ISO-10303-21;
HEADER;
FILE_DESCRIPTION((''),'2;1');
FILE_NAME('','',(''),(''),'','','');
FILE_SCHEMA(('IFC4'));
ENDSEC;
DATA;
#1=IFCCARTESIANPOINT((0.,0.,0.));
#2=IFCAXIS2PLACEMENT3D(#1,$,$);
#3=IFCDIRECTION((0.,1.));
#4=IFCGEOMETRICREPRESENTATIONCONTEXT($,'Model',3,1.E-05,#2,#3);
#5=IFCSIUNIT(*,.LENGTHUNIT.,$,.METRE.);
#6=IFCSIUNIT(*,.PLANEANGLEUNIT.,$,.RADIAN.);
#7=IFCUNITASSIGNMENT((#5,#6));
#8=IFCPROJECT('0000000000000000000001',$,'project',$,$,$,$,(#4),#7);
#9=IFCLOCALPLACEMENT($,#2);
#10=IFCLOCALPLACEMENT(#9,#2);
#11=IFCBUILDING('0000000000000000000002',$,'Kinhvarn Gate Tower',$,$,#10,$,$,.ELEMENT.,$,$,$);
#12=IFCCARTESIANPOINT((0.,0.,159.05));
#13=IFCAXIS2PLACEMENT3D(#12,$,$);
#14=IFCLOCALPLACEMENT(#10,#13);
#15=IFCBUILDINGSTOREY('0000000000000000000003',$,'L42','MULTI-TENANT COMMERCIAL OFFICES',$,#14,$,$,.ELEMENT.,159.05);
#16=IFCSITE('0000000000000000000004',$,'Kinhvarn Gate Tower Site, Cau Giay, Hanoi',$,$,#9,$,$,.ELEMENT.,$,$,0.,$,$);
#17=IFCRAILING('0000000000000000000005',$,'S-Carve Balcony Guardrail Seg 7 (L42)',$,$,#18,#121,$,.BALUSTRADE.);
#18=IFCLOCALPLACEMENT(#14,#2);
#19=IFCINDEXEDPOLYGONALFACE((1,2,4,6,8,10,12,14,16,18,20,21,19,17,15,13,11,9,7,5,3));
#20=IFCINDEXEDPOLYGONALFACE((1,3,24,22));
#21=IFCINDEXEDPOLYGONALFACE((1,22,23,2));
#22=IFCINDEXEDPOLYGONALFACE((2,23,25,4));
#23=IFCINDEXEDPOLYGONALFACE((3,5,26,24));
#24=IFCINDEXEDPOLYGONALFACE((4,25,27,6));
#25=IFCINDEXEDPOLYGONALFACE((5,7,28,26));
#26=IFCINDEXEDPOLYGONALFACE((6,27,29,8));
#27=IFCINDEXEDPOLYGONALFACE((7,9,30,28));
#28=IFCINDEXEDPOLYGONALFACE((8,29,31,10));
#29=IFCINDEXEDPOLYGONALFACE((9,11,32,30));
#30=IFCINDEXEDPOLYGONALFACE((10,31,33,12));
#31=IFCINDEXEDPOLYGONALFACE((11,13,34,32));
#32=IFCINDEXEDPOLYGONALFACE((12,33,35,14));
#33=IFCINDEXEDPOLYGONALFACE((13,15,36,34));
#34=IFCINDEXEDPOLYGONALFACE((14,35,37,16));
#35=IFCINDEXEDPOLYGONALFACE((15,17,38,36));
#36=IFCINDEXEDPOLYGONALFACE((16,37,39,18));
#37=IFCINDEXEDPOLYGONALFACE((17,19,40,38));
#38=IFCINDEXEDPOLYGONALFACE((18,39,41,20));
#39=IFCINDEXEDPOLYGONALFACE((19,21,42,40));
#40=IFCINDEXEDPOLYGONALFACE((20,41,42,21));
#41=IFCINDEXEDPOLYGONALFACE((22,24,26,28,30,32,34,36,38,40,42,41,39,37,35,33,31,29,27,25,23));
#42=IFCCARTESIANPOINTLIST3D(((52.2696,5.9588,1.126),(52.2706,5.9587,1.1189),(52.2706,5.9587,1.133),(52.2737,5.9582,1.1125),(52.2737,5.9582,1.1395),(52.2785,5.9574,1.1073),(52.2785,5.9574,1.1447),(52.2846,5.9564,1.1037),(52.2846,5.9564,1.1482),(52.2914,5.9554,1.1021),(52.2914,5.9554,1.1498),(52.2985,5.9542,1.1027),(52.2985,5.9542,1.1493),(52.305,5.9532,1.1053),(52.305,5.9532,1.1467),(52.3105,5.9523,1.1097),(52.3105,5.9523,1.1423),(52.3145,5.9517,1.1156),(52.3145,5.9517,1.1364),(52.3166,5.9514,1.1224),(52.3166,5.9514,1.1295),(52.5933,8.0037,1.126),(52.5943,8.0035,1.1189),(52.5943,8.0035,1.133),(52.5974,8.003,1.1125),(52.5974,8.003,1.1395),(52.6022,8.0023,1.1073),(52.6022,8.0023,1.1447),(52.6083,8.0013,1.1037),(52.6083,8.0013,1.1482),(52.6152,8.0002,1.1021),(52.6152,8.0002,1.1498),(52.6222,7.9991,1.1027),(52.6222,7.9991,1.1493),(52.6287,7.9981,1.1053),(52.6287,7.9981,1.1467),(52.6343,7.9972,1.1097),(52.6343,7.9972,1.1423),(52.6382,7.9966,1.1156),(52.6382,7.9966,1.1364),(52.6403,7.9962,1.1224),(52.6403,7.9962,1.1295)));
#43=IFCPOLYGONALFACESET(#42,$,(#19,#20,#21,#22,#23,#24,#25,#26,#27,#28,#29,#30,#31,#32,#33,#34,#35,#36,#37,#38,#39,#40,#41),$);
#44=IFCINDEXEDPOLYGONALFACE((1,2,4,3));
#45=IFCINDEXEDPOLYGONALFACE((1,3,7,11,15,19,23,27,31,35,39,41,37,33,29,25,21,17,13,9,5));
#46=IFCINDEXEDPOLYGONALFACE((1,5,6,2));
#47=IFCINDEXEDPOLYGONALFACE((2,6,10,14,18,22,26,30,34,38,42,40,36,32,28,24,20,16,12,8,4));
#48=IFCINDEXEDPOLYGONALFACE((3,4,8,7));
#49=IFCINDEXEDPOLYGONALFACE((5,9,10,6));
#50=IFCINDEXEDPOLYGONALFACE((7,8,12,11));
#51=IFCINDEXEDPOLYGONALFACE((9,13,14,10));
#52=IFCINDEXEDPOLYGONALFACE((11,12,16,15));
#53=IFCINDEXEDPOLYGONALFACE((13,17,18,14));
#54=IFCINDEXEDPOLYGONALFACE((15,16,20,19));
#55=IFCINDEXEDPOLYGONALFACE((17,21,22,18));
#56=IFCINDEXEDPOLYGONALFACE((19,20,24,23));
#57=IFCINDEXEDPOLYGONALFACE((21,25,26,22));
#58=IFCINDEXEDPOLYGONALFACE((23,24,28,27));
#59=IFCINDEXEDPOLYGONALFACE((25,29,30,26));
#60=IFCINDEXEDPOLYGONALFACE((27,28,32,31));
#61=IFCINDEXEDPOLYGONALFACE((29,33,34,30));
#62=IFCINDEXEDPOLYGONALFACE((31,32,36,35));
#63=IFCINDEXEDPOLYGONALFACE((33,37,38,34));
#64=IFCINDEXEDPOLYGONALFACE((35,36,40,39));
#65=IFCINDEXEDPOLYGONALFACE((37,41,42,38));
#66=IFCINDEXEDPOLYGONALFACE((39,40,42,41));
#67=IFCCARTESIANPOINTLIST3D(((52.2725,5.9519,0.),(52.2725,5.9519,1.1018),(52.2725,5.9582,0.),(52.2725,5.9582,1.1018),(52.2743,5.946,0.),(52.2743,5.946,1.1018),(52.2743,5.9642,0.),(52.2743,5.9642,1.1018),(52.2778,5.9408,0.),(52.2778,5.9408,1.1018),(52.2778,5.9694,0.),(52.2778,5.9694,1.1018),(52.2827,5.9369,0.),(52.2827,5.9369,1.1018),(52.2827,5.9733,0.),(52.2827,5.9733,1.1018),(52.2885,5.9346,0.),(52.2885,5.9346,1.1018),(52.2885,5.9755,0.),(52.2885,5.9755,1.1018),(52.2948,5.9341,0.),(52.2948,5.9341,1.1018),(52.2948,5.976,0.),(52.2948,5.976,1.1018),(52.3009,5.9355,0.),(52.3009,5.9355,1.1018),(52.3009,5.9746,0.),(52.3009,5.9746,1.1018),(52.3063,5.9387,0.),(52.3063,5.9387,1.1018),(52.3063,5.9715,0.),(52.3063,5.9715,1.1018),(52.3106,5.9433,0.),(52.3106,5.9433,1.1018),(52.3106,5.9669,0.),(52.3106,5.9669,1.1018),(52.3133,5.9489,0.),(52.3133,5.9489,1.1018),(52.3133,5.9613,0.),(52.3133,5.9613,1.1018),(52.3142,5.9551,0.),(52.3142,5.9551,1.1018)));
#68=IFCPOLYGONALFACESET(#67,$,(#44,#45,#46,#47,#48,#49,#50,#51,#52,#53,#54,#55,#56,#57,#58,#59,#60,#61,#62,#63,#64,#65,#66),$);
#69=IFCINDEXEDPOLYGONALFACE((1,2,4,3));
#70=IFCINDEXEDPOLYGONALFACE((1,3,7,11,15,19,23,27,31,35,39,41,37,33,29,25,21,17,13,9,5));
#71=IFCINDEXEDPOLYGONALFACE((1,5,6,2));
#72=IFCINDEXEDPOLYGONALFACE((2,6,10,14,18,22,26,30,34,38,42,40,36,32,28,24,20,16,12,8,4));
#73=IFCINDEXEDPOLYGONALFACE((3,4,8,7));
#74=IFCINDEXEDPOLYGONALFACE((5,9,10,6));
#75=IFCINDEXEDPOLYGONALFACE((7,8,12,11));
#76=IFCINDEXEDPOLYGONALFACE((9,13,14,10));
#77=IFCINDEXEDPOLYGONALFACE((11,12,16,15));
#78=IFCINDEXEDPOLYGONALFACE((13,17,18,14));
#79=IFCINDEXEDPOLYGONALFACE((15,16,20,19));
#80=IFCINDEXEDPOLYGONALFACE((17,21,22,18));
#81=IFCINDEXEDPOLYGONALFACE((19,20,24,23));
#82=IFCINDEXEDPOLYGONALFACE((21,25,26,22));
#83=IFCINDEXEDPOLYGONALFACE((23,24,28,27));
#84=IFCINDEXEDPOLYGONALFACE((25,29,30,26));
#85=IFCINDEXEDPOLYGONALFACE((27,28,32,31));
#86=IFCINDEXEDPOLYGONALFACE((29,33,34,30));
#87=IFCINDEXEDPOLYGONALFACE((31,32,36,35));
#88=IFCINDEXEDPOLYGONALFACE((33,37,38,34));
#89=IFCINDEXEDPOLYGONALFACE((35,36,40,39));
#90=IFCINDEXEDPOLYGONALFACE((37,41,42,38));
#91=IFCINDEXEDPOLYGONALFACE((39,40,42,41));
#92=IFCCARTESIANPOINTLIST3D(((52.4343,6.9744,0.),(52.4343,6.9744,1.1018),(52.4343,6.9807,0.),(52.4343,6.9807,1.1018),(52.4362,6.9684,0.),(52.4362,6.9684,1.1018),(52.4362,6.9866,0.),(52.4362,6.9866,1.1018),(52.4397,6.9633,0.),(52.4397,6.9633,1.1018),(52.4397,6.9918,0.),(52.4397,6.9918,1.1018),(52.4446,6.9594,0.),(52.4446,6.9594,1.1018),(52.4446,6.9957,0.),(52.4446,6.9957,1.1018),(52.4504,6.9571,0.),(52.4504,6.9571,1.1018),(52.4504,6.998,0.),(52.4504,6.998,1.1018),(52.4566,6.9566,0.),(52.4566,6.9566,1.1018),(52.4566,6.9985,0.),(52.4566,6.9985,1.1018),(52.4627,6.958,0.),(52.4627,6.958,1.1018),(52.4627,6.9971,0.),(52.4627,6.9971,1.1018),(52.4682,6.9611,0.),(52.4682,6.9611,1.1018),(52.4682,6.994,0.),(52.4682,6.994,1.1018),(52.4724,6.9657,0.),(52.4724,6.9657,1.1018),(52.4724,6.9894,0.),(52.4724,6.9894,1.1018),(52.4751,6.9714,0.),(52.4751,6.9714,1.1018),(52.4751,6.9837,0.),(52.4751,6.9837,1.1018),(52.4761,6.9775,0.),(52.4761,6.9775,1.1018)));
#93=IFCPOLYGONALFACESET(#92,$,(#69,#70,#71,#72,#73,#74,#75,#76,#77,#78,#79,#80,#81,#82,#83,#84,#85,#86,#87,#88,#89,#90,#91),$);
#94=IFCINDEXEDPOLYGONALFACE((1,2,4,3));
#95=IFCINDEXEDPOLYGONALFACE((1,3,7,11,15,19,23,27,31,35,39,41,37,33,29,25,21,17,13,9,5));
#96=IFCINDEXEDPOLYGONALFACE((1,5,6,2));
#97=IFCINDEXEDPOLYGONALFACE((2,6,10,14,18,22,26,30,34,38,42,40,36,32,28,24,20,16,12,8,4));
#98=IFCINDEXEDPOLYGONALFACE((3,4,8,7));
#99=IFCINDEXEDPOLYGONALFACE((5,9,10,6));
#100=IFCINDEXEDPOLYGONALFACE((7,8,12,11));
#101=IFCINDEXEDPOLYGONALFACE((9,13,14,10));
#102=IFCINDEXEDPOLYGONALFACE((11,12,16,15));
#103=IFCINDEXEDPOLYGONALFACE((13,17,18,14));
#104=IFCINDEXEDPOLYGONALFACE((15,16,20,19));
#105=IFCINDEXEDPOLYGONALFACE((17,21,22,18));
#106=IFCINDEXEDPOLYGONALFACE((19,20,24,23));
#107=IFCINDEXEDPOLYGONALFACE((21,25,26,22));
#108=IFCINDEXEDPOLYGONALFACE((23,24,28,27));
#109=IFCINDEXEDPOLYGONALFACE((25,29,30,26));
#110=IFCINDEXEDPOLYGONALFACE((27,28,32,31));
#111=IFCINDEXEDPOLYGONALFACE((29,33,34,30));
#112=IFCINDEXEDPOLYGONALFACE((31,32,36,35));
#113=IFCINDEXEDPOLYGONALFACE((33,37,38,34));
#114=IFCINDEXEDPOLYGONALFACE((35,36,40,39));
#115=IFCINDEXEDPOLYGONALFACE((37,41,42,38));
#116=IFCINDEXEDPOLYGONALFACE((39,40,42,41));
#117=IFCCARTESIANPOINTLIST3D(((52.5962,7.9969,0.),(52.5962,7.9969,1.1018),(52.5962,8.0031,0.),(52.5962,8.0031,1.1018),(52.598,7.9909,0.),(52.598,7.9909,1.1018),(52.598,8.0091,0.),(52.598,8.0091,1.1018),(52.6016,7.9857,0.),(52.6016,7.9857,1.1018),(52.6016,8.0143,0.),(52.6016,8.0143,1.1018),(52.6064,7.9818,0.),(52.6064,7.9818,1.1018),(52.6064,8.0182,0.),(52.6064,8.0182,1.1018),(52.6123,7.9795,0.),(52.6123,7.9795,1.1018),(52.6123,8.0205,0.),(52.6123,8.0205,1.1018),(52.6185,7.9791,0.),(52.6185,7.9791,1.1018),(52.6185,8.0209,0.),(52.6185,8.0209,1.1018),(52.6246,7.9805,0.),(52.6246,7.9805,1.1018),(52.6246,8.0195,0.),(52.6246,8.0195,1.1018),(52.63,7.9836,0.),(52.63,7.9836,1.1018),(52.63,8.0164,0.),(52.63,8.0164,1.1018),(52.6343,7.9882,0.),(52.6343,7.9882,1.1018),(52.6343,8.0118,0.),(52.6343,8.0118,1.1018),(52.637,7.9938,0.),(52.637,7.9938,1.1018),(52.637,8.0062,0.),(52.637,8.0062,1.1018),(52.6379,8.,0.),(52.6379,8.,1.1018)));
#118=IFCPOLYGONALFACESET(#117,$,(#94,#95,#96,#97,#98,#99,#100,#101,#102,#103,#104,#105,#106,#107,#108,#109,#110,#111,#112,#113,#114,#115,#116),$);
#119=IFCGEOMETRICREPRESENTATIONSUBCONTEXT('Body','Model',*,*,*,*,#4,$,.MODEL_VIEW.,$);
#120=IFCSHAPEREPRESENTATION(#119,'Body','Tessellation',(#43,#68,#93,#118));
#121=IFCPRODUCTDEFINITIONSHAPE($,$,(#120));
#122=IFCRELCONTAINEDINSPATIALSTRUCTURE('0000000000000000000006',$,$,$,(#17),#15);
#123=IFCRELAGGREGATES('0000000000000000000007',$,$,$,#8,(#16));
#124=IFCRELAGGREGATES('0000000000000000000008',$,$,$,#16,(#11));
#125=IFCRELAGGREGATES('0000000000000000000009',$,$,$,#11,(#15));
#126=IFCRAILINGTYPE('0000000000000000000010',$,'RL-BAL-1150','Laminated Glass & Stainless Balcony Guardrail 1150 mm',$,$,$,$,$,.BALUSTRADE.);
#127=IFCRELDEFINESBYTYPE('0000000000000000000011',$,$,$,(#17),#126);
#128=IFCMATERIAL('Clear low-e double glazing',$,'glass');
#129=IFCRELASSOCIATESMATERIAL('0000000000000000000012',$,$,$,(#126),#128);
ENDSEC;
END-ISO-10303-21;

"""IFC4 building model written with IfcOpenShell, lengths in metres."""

from ifc_helpers import new_model, si_unit, direction, frame, origin, origin_2d, place, context, subcontext, project, spatial, circle, extrude, material, type_object, element, save


model = new_model("IFC4")

# Units and contexts
model_context = context("Model", 3, precision=1e-05, world=origin(), true_north=direction((0.0, 1.0)))
body_context = subcontext(model_context, "Body", "Model", "MODEL_VIEW")
ifc_project = project(units=[si_unit("LENGTHUNIT", "METRE"), si_unit("PLANEANGLEUNIT", "RADIAN")], contexts=[model_context])

# Site, building, storey
site_placement = place(None, origin())
site = spatial("IfcSite", under=ifc_project, at=site_placement, Name="Kinhvarn Gate Tower Site, Cau Giay, Hanoi", CompositionType="ELEMENT", RefElevation=0.0)
building_placement = place(site_placement, origin())
building = spatial("IfcBuilding", under=site, at=building_placement, Name="Kinhvarn Gate Tower", CompositionType="ELEMENT")
storey_placement = place(building_placement, frame((0.0, 0.0, 159.05)))
storey = spatial("IfcBuildingStorey", under=building, at=storey_placement, Name="L42", Description="MULTI-TENANT COMMERCIAL OFFICES", CompositionType="ELEMENT", Elevation=159.05)

# Shared definitions
ifc_material_1 = material(Name="Clear low-e double glazing", Category="glass")

# Railing
railing_type = type_object("IfcRailingType", Name="RL-BAL-1150", Description="Laminated Glass & Stainless Balcony Guardrail 1150 mm", PredefinedType="BALUSTRADE", material=ifc_material_1)
railing_1_placement = place(storey_placement, frame((52.2932, 5.9551, 0.0)))
element("IfcRailing", 1, at=railing_1_placement, inside=storey, type_object=railing_type, Name="S-Carve Balcony Guardrail Seg 7 (L42)", PredefinedType="BALUSTRADE", context=body_context, shape_type="SweptSolid", body=[
    extrude(circle(Radius=0.0239, at=origin_2d()), frame((0.0, 0.0, 1.126), z_axis=(0.156362, 0.9877, 0.0), x_axis=(-0.9877, 0.156362, 0.0)), (0.0, 0.0, 1.0), 2.0703),
    extrude(circle(Radius=0.021, at=origin_2d()), origin(), (0.0, 0.0, 1.0), 1.1018),
    extrude(circle(Radius=0.021, at=origin_2d()), frame((0.1619, 1.0225, 0.0)), (0.0, 0.0, 1.0), 1.1018),
    extrude(circle(Radius=0.021, at=origin_2d()), frame((0.3237, 2.0449, 0.0)), (0.0, 0.0, 1.0), 1.1018),
])

save(model, "model.ifc")
